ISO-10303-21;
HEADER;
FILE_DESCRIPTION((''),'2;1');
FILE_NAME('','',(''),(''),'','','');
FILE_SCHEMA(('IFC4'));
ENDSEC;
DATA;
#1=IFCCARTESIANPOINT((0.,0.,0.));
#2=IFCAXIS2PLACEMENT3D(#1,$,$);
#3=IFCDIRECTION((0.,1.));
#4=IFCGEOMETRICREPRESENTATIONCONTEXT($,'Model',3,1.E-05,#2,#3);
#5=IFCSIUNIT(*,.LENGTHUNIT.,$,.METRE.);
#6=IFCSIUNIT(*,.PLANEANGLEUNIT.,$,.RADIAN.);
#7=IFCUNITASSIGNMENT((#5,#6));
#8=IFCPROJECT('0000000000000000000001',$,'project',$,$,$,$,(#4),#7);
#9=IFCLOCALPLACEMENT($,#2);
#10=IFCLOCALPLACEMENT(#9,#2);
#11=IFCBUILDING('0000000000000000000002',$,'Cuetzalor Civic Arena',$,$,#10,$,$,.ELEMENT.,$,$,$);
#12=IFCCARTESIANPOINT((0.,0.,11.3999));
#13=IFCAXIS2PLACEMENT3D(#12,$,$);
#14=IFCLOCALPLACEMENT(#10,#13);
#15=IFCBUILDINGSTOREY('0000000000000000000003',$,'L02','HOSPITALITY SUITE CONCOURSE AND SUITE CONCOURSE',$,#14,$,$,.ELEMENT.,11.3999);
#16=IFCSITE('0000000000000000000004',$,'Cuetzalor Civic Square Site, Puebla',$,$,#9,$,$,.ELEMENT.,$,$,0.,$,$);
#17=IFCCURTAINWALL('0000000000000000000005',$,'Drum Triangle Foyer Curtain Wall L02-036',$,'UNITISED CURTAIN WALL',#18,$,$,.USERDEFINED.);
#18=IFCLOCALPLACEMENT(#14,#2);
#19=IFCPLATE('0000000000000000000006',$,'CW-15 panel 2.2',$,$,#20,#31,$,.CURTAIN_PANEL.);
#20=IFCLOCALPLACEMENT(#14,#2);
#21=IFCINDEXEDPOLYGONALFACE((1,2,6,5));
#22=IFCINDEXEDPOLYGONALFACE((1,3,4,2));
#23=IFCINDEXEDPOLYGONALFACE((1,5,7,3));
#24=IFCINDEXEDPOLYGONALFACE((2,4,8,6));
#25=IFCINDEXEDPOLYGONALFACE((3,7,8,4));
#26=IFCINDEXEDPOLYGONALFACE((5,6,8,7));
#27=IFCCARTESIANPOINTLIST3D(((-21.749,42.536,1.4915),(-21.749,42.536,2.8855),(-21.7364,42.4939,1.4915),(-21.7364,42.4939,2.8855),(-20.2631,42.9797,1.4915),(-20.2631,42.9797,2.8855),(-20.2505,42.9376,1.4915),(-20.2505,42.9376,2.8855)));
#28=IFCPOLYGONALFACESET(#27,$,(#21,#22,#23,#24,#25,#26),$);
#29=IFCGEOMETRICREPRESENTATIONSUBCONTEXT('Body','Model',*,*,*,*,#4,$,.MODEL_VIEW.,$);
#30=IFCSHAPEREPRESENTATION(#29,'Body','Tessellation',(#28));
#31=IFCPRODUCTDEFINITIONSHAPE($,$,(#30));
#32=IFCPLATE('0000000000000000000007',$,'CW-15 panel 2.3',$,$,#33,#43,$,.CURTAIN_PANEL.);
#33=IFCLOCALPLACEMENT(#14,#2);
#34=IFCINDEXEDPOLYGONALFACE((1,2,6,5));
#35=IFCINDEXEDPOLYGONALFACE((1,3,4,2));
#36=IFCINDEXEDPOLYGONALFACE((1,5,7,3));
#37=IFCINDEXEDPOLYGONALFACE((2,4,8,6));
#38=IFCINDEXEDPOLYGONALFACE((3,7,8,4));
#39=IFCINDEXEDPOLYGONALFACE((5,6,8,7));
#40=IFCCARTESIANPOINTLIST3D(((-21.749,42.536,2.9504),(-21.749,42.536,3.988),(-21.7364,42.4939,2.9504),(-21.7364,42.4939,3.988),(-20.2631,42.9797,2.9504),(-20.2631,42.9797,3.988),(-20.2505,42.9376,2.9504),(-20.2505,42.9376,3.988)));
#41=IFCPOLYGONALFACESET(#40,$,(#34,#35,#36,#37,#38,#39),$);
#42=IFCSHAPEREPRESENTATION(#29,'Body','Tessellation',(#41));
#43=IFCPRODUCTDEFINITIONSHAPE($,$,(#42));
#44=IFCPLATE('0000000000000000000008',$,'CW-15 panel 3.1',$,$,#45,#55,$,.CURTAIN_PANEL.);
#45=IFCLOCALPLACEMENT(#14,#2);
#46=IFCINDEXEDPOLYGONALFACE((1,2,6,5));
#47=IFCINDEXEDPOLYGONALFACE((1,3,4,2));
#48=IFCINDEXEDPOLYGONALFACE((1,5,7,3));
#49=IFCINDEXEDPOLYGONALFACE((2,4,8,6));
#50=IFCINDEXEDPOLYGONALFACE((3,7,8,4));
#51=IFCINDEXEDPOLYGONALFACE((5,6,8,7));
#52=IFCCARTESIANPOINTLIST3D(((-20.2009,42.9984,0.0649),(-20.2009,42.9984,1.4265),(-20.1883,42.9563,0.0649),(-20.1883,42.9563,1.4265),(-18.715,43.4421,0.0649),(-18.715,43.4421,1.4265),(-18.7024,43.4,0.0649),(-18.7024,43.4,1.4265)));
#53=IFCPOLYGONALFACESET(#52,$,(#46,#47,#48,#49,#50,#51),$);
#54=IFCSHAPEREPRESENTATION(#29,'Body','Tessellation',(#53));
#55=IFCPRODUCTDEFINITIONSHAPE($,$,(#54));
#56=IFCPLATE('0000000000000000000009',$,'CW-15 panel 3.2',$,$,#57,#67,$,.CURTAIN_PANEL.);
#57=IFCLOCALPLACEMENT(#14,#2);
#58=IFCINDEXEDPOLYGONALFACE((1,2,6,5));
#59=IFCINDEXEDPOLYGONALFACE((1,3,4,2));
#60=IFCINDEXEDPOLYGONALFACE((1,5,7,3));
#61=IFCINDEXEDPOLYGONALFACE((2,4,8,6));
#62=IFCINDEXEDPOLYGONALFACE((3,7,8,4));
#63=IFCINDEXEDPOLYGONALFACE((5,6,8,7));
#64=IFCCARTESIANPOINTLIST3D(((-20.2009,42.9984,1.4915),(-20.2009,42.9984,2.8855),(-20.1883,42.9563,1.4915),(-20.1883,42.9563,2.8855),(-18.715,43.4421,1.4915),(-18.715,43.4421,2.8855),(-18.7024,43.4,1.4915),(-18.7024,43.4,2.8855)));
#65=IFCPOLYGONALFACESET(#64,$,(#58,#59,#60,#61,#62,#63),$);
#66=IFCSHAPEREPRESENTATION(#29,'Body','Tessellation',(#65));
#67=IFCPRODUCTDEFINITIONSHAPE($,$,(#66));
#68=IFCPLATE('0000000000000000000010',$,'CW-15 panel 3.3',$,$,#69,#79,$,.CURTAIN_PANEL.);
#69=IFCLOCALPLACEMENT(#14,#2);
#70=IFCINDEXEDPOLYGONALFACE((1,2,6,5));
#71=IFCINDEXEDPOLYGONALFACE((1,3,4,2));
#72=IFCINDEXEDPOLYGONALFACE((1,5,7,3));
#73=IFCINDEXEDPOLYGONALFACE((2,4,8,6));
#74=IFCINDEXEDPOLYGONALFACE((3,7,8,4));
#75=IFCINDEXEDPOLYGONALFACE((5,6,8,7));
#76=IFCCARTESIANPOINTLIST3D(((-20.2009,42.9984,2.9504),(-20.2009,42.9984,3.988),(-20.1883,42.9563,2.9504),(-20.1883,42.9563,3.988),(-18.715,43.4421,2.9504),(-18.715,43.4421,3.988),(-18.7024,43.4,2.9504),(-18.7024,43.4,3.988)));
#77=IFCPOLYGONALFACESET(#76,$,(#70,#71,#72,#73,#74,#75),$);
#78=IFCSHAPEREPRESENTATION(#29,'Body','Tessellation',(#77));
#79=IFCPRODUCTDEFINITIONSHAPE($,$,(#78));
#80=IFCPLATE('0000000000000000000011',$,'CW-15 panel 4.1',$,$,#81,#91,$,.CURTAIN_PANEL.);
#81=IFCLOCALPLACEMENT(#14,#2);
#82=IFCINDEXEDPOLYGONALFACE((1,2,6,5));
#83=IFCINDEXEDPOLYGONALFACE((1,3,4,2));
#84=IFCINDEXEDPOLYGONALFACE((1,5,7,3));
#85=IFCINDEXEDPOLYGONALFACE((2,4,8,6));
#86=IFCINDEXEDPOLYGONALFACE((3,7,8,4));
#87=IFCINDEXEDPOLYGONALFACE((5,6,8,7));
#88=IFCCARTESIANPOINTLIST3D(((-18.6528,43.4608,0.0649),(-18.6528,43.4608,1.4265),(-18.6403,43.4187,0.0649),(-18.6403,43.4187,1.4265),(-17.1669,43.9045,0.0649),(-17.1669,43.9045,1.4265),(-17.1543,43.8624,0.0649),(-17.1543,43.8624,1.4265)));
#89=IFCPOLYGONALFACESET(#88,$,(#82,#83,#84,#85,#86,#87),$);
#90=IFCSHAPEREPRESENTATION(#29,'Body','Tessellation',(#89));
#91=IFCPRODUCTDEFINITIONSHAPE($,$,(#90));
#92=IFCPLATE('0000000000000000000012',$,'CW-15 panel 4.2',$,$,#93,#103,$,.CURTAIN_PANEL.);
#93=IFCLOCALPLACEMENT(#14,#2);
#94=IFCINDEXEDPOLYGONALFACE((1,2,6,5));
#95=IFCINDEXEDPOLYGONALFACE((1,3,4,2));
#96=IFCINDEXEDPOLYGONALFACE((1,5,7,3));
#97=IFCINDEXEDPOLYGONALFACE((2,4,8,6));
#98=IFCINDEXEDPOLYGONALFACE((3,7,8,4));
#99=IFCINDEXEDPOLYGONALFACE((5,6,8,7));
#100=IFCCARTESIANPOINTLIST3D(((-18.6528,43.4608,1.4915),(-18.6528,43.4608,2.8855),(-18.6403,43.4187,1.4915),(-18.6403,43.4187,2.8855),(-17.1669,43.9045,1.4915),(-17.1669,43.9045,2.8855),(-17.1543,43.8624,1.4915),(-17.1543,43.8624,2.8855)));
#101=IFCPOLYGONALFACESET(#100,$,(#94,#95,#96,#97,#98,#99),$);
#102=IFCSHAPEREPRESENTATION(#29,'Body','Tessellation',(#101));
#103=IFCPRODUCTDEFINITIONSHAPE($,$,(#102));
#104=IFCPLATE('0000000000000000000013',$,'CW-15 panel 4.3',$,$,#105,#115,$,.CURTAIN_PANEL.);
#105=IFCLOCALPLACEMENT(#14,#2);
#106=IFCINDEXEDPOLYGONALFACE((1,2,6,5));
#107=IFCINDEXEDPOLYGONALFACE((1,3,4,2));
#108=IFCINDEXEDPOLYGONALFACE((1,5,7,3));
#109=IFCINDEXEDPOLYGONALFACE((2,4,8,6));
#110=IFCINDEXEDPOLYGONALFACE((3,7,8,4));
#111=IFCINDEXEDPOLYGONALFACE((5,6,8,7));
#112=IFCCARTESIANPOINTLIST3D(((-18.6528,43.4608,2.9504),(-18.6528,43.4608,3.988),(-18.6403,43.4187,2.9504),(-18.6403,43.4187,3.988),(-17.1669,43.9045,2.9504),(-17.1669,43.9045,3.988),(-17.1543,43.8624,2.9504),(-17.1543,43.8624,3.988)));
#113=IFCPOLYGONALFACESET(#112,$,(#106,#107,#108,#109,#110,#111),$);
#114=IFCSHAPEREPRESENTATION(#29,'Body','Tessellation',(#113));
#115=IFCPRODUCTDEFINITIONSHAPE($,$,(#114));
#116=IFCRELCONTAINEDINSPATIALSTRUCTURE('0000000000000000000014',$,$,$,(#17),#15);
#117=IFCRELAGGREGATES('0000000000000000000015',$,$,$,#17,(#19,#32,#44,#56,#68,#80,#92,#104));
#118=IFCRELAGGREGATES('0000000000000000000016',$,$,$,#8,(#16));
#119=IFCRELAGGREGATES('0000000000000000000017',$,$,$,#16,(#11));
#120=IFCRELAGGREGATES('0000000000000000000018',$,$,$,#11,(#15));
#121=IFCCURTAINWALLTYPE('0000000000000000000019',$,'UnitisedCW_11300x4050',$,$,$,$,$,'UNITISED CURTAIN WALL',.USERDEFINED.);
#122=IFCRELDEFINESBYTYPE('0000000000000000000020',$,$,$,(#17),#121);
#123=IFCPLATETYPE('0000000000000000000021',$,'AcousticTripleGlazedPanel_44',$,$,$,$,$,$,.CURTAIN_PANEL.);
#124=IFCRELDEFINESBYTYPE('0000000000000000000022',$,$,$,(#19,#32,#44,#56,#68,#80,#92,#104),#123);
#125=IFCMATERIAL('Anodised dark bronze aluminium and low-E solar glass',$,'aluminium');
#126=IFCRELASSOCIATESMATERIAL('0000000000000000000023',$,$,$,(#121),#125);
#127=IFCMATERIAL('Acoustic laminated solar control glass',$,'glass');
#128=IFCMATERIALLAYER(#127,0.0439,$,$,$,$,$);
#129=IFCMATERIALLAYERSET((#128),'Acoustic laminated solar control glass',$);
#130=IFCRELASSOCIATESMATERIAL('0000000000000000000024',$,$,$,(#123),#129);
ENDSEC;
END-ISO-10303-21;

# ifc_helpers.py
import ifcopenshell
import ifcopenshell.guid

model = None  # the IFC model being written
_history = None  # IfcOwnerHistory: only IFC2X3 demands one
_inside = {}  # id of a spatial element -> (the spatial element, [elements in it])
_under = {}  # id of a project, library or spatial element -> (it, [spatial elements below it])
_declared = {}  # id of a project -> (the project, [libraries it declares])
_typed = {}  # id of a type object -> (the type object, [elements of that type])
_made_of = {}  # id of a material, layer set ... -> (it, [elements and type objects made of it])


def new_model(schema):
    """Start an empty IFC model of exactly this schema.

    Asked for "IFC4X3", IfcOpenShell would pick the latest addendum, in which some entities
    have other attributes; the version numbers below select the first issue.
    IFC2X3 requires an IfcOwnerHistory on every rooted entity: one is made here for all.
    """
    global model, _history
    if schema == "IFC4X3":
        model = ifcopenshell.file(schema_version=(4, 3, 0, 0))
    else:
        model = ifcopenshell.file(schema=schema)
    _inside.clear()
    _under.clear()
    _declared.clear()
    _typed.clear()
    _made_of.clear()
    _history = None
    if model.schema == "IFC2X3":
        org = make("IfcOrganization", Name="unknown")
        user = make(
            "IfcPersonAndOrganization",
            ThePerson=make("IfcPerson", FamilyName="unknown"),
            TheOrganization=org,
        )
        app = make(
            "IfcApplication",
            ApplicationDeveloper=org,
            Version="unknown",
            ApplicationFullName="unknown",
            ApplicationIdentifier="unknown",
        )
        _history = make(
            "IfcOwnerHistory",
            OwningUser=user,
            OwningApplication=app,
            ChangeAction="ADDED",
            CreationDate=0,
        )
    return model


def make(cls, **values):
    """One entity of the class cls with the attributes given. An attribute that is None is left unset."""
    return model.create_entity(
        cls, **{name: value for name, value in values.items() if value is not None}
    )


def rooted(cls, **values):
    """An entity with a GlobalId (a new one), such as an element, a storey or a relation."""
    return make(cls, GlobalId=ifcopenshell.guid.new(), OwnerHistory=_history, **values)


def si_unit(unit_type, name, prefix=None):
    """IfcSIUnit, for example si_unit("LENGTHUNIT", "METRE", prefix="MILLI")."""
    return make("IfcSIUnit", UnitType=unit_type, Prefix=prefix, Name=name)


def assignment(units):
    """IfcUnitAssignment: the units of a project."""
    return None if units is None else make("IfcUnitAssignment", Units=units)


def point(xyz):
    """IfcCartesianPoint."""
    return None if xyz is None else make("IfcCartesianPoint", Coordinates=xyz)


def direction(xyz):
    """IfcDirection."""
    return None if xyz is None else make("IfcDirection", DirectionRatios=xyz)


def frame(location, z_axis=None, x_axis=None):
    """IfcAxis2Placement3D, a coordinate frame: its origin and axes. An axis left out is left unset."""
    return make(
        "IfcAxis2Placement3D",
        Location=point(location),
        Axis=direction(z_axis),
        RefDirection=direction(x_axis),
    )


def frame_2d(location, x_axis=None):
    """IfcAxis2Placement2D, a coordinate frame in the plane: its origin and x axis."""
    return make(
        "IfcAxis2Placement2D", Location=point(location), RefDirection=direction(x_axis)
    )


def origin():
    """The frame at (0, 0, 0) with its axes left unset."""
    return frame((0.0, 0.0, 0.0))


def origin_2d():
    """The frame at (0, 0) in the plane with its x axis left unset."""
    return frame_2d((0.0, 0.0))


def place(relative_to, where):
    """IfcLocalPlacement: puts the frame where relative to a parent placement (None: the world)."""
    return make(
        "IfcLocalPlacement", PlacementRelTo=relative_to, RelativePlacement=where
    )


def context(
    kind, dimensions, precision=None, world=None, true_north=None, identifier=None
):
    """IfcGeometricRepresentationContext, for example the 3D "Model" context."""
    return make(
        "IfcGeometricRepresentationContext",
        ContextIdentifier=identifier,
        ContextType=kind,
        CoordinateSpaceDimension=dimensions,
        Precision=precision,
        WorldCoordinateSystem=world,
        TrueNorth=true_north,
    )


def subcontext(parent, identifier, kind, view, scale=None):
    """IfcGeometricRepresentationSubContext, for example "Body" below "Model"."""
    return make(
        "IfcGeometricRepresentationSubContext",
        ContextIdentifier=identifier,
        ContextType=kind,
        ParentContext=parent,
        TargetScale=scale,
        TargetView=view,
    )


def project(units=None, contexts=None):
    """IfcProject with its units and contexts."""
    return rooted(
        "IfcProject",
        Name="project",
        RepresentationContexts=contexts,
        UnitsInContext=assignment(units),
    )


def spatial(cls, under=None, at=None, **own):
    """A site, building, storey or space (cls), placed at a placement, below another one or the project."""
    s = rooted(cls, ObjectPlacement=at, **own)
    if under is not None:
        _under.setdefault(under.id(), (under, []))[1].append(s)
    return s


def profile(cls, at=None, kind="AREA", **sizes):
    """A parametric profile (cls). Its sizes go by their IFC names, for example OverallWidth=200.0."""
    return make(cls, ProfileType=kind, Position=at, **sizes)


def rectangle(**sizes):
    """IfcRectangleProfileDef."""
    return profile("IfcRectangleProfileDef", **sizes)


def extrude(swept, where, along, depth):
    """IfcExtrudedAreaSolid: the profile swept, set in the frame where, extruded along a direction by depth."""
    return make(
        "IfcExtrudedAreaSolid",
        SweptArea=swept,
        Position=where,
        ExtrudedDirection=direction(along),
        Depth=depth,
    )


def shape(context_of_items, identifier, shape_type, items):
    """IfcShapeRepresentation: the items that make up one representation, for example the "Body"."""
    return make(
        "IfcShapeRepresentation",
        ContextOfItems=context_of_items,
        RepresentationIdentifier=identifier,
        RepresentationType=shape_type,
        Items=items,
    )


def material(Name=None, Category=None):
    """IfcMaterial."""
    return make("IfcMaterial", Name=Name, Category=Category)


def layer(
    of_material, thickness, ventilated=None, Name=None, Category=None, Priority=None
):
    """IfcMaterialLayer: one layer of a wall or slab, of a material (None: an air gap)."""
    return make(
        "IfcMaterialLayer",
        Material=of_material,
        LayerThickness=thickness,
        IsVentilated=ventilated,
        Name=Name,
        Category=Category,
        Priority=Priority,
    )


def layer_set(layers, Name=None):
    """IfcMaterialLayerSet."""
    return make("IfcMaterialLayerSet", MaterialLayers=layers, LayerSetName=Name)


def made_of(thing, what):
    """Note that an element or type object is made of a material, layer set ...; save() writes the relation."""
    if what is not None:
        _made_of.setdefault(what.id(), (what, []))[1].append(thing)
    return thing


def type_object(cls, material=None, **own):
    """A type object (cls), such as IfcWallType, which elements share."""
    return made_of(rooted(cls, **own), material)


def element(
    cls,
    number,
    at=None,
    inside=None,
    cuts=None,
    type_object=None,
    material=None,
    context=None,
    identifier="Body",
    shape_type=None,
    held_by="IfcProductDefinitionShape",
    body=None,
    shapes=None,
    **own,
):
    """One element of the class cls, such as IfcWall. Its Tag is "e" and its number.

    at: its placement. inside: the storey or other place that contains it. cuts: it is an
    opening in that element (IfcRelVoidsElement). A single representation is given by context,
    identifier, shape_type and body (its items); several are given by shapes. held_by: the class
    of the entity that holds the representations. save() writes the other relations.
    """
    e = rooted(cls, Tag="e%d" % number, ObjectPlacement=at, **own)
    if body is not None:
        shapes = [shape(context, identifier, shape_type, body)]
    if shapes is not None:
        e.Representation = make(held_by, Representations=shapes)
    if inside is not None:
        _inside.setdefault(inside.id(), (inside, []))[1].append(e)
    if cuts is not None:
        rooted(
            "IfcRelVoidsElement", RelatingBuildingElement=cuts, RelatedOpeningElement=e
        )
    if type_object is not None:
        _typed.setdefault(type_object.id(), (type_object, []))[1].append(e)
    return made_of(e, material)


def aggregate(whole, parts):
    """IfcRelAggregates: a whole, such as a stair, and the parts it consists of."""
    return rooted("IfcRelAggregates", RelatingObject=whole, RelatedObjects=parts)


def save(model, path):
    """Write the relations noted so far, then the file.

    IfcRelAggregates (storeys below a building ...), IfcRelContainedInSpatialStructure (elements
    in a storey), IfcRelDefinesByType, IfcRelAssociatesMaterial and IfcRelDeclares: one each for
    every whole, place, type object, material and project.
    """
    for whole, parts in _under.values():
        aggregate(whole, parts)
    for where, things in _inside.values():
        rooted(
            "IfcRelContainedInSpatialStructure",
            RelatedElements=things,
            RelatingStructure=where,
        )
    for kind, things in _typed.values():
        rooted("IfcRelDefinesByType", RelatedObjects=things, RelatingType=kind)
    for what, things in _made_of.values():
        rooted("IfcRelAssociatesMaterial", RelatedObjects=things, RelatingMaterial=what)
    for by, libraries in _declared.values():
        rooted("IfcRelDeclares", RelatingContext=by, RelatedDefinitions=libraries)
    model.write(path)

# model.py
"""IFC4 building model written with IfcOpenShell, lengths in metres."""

from ifc_helpers import new_model, si_unit, direction, frame, origin, origin_2d, place, context, subcontext, project, spatial, rectangle, extrude, material, layer, layer_set, type_object, element, aggregate, save


model = new_model("IFC4")

# Units and contexts
model_context = context("Model", 3, precision=1e-05, world=origin(), true_north=direction((0.0, 1.0)))
body_context = subcontext(model_context, "Body", "Model", "MODEL_VIEW")
ifc_project = project(units=[si_unit("LENGTHUNIT", "METRE"), si_unit("PLANEANGLEUNIT", "RADIAN")], contexts=[model_context])

# Site, building, storey
site_placement = place(None, origin())
site = spatial("IfcSite", under=ifc_project, at=site_placement, Name="Cuetzalor Civic Square Site, Puebla", CompositionType="ELEMENT", RefElevation=0.0)
building_placement = place(site_placement, origin())
building = spatial("IfcBuilding", under=site, at=building_placement, Name="Cuetzalor Civic Arena", CompositionType="ELEMENT")
storey_placement = place(building_placement, frame((0.0, 0.0, 11.3999)))
storey = spatial("IfcBuildingStorey", under=building, at=storey_placement, Name="L02", Description="HOSPITALITY SUITE CONCOURSE AND SUITE CONCOURSE", CompositionType="ELEMENT", Elevation=11.3999)

# Curtain wall, plates
ifc_material_1 = material(Name="Anodised dark bronze aluminium and low-E solar glass", Category="aluminium")
curtain_wall_type = type_object("IfcCurtainWallType", Name="UnitisedCW_11300x4050", ElementType="UNITISED CURTAIN WALL", PredefinedType="USERDEFINED", material=ifc_material_1)
curtain_wall_placement = place(storey_placement, origin())
curtain_wall = element("IfcCurtainWall", 1, at=curtain_wall_placement, inside=storey, type_object=curtain_wall_type, Name="Drum Triangle Foyer Curtain Wall L02-036", ObjectType="UNITISED CURTAIN WALL", PredefinedType="USERDEFINED")
ifc_material_2 = material(Name="Acoustic laminated solar control glass", Category="glass")
ifc_layer = layer(ifc_material_2, 0.0439)
ifc_layer_set = layer_set([ifc_layer], Name="Acoustic laminated solar control glass")
plate_type = type_object("IfcPlateType", Name="AcousticTripleGlazedPanel_44", PredefinedType="CURTAIN_PANEL", material=ifc_layer_set)
plate_1_placement = place(storey_placement, frame((-20.9998, 42.7368, 1.4915), z_axis=(0.0, 0.0, 1.0), x_axis=(0.958194, 0.28612, 0.0)))
plate_1 = element("IfcPlate", 2, at=plate_1_placement, type_object=plate_type, Name="CW-15 panel 2.2", PredefinedType="CURTAIN_PANEL", context=body_context, shape_type="SweptSolid", body=[
    extrude(rectangle(XDim=1.5508, YDim=0.0439, at=origin_2d()), origin(), (0.0, 0.0, 1.0), 1.394),
])
plate_2_placement = place(storey_placement, frame((-20.9998, 42.7368, 2.9504), z_axis=(0.0, 0.0, 1.0), x_axis=(0.958194, 0.28612, 0.0)))
plate_2 = element("IfcPlate", 3, at=plate_2_placement, type_object=plate_type, Name="CW-15 panel 2.3", PredefinedType="CURTAIN_PANEL", context=body_context, shape_type="SweptSolid", body=[
    extrude(rectangle(XDim=1.5508, YDim=0.0439, at=origin_2d()), origin(), (0.0, 0.0, 1.0), 1.0376),
])
plate_3_placement = place(storey_placement, frame((-19.4517, 43.1992, 0.0649), z_axis=(0.0, 0.0, 1.0), x_axis=(0.958194, 0.28612, 0.0)))
plate_3 = element("IfcPlate", 4, at=plate_3_placement, type_object=plate_type, Name="CW-15 panel 3.1", PredefinedType="CURTAIN_PANEL", context=body_context, shape_type="SweptSolid", body=[
    extrude(rectangle(XDim=1.5508, YDim=0.0439, at=origin_2d()), origin(), (0.0, 0.0, 1.0), 1.3616),
])
plate_4_placement = place(storey_placement, frame((-19.4517, 43.1992, 1.4915), z_axis=(0.0, 0.0, 1.0), x_axis=(0.958194, 0.28612, 0.0)))
plate_4 = element("IfcPlate", 5, at=plate_4_placement, type_object=plate_type, Name="CW-15 panel 3.2", PredefinedType="CURTAIN_PANEL", context=body_context, shape_type="SweptSolid", body=[
    extrude(rectangle(XDim=1.5508, YDim=0.0439, at=origin_2d()), origin(), (0.0, 0.0, 1.0), 1.394),
])
plate_5_placement = place(storey_placement, frame((-19.4517, 43.1992, 2.9504), z_axis=(0.0, 0.0, 1.0), x_axis=(0.958194, 0.28612, 0.0)))
plate_5 = element("IfcPlate", 6, at=plate_5_placement, type_object=plate_type, Name="CW-15 panel 3.3", PredefinedType="CURTAIN_PANEL", context=body_context, shape_type="SweptSolid", body=[
    extrude(rectangle(XDim=1.5508, YDim=0.0439, at=origin_2d()), origin(), (0.0, 0.0, 1.0), 1.0376),
])
plate_6_placement = place(storey_placement, frame((-17.9036, 43.6616, 0.0649), z_axis=(0.0, 0.0, 1.0), x_axis=(0.958194, 0.28612, 0.0)))
plate_6 = element("IfcPlate", 7, at=plate_6_placement, type_object=plate_type, Name="CW-15 panel 4.1", PredefinedType="CURTAIN_PANEL", context=body_context, shape_type="SweptSolid", body=[
    extrude(rectangle(XDim=1.5508, YDim=0.0439, at=origin_2d()), origin(), (0.0, 0.0, 1.0), 1.3616),
])
plate_7_placement = place(storey_placement, frame((-17.9036, 43.6616, 1.4915), z_axis=(0.0, 0.0, 1.0), x_axis=(0.958194, 0.28612, 0.0)))
plate_7 = element("IfcPlate", 8, at=plate_7_placement, type_object=plate_type, Name="CW-15 panel 4.2", PredefinedType="CURTAIN_PANEL", context=body_context, shape_type="SweptSolid", body=[
    extrude(rectangle(XDim=1.5508, YDim=0.0439, at=origin_2d()), origin(), (0.0, 0.0, 1.0), 1.394),
])
plate_8_placement = place(storey_placement, frame((-17.9036, 43.6616, 2.9504), z_axis=(0.0, 0.0, 1.0), x_axis=(0.958194, 0.28612, 0.0)))
plate_8 = element("IfcPlate", 9, at=plate_8_placement, type_object=plate_type, Name="CW-15 panel 4.3", PredefinedType="CURTAIN_PANEL", context=body_context, shape_type="SweptSolid", body=[
    extrude(rectangle(XDim=1.5508, YDim=0.0439, at=origin_2d()), origin(), (0.0, 0.0, 1.0), 1.0376),
])
aggregate(curtain_wall, [plate_1, plate_2, plate_3, plate_4, plate_5, plate_6, plate_7, plate_8])

save(model, "model.ifc")
